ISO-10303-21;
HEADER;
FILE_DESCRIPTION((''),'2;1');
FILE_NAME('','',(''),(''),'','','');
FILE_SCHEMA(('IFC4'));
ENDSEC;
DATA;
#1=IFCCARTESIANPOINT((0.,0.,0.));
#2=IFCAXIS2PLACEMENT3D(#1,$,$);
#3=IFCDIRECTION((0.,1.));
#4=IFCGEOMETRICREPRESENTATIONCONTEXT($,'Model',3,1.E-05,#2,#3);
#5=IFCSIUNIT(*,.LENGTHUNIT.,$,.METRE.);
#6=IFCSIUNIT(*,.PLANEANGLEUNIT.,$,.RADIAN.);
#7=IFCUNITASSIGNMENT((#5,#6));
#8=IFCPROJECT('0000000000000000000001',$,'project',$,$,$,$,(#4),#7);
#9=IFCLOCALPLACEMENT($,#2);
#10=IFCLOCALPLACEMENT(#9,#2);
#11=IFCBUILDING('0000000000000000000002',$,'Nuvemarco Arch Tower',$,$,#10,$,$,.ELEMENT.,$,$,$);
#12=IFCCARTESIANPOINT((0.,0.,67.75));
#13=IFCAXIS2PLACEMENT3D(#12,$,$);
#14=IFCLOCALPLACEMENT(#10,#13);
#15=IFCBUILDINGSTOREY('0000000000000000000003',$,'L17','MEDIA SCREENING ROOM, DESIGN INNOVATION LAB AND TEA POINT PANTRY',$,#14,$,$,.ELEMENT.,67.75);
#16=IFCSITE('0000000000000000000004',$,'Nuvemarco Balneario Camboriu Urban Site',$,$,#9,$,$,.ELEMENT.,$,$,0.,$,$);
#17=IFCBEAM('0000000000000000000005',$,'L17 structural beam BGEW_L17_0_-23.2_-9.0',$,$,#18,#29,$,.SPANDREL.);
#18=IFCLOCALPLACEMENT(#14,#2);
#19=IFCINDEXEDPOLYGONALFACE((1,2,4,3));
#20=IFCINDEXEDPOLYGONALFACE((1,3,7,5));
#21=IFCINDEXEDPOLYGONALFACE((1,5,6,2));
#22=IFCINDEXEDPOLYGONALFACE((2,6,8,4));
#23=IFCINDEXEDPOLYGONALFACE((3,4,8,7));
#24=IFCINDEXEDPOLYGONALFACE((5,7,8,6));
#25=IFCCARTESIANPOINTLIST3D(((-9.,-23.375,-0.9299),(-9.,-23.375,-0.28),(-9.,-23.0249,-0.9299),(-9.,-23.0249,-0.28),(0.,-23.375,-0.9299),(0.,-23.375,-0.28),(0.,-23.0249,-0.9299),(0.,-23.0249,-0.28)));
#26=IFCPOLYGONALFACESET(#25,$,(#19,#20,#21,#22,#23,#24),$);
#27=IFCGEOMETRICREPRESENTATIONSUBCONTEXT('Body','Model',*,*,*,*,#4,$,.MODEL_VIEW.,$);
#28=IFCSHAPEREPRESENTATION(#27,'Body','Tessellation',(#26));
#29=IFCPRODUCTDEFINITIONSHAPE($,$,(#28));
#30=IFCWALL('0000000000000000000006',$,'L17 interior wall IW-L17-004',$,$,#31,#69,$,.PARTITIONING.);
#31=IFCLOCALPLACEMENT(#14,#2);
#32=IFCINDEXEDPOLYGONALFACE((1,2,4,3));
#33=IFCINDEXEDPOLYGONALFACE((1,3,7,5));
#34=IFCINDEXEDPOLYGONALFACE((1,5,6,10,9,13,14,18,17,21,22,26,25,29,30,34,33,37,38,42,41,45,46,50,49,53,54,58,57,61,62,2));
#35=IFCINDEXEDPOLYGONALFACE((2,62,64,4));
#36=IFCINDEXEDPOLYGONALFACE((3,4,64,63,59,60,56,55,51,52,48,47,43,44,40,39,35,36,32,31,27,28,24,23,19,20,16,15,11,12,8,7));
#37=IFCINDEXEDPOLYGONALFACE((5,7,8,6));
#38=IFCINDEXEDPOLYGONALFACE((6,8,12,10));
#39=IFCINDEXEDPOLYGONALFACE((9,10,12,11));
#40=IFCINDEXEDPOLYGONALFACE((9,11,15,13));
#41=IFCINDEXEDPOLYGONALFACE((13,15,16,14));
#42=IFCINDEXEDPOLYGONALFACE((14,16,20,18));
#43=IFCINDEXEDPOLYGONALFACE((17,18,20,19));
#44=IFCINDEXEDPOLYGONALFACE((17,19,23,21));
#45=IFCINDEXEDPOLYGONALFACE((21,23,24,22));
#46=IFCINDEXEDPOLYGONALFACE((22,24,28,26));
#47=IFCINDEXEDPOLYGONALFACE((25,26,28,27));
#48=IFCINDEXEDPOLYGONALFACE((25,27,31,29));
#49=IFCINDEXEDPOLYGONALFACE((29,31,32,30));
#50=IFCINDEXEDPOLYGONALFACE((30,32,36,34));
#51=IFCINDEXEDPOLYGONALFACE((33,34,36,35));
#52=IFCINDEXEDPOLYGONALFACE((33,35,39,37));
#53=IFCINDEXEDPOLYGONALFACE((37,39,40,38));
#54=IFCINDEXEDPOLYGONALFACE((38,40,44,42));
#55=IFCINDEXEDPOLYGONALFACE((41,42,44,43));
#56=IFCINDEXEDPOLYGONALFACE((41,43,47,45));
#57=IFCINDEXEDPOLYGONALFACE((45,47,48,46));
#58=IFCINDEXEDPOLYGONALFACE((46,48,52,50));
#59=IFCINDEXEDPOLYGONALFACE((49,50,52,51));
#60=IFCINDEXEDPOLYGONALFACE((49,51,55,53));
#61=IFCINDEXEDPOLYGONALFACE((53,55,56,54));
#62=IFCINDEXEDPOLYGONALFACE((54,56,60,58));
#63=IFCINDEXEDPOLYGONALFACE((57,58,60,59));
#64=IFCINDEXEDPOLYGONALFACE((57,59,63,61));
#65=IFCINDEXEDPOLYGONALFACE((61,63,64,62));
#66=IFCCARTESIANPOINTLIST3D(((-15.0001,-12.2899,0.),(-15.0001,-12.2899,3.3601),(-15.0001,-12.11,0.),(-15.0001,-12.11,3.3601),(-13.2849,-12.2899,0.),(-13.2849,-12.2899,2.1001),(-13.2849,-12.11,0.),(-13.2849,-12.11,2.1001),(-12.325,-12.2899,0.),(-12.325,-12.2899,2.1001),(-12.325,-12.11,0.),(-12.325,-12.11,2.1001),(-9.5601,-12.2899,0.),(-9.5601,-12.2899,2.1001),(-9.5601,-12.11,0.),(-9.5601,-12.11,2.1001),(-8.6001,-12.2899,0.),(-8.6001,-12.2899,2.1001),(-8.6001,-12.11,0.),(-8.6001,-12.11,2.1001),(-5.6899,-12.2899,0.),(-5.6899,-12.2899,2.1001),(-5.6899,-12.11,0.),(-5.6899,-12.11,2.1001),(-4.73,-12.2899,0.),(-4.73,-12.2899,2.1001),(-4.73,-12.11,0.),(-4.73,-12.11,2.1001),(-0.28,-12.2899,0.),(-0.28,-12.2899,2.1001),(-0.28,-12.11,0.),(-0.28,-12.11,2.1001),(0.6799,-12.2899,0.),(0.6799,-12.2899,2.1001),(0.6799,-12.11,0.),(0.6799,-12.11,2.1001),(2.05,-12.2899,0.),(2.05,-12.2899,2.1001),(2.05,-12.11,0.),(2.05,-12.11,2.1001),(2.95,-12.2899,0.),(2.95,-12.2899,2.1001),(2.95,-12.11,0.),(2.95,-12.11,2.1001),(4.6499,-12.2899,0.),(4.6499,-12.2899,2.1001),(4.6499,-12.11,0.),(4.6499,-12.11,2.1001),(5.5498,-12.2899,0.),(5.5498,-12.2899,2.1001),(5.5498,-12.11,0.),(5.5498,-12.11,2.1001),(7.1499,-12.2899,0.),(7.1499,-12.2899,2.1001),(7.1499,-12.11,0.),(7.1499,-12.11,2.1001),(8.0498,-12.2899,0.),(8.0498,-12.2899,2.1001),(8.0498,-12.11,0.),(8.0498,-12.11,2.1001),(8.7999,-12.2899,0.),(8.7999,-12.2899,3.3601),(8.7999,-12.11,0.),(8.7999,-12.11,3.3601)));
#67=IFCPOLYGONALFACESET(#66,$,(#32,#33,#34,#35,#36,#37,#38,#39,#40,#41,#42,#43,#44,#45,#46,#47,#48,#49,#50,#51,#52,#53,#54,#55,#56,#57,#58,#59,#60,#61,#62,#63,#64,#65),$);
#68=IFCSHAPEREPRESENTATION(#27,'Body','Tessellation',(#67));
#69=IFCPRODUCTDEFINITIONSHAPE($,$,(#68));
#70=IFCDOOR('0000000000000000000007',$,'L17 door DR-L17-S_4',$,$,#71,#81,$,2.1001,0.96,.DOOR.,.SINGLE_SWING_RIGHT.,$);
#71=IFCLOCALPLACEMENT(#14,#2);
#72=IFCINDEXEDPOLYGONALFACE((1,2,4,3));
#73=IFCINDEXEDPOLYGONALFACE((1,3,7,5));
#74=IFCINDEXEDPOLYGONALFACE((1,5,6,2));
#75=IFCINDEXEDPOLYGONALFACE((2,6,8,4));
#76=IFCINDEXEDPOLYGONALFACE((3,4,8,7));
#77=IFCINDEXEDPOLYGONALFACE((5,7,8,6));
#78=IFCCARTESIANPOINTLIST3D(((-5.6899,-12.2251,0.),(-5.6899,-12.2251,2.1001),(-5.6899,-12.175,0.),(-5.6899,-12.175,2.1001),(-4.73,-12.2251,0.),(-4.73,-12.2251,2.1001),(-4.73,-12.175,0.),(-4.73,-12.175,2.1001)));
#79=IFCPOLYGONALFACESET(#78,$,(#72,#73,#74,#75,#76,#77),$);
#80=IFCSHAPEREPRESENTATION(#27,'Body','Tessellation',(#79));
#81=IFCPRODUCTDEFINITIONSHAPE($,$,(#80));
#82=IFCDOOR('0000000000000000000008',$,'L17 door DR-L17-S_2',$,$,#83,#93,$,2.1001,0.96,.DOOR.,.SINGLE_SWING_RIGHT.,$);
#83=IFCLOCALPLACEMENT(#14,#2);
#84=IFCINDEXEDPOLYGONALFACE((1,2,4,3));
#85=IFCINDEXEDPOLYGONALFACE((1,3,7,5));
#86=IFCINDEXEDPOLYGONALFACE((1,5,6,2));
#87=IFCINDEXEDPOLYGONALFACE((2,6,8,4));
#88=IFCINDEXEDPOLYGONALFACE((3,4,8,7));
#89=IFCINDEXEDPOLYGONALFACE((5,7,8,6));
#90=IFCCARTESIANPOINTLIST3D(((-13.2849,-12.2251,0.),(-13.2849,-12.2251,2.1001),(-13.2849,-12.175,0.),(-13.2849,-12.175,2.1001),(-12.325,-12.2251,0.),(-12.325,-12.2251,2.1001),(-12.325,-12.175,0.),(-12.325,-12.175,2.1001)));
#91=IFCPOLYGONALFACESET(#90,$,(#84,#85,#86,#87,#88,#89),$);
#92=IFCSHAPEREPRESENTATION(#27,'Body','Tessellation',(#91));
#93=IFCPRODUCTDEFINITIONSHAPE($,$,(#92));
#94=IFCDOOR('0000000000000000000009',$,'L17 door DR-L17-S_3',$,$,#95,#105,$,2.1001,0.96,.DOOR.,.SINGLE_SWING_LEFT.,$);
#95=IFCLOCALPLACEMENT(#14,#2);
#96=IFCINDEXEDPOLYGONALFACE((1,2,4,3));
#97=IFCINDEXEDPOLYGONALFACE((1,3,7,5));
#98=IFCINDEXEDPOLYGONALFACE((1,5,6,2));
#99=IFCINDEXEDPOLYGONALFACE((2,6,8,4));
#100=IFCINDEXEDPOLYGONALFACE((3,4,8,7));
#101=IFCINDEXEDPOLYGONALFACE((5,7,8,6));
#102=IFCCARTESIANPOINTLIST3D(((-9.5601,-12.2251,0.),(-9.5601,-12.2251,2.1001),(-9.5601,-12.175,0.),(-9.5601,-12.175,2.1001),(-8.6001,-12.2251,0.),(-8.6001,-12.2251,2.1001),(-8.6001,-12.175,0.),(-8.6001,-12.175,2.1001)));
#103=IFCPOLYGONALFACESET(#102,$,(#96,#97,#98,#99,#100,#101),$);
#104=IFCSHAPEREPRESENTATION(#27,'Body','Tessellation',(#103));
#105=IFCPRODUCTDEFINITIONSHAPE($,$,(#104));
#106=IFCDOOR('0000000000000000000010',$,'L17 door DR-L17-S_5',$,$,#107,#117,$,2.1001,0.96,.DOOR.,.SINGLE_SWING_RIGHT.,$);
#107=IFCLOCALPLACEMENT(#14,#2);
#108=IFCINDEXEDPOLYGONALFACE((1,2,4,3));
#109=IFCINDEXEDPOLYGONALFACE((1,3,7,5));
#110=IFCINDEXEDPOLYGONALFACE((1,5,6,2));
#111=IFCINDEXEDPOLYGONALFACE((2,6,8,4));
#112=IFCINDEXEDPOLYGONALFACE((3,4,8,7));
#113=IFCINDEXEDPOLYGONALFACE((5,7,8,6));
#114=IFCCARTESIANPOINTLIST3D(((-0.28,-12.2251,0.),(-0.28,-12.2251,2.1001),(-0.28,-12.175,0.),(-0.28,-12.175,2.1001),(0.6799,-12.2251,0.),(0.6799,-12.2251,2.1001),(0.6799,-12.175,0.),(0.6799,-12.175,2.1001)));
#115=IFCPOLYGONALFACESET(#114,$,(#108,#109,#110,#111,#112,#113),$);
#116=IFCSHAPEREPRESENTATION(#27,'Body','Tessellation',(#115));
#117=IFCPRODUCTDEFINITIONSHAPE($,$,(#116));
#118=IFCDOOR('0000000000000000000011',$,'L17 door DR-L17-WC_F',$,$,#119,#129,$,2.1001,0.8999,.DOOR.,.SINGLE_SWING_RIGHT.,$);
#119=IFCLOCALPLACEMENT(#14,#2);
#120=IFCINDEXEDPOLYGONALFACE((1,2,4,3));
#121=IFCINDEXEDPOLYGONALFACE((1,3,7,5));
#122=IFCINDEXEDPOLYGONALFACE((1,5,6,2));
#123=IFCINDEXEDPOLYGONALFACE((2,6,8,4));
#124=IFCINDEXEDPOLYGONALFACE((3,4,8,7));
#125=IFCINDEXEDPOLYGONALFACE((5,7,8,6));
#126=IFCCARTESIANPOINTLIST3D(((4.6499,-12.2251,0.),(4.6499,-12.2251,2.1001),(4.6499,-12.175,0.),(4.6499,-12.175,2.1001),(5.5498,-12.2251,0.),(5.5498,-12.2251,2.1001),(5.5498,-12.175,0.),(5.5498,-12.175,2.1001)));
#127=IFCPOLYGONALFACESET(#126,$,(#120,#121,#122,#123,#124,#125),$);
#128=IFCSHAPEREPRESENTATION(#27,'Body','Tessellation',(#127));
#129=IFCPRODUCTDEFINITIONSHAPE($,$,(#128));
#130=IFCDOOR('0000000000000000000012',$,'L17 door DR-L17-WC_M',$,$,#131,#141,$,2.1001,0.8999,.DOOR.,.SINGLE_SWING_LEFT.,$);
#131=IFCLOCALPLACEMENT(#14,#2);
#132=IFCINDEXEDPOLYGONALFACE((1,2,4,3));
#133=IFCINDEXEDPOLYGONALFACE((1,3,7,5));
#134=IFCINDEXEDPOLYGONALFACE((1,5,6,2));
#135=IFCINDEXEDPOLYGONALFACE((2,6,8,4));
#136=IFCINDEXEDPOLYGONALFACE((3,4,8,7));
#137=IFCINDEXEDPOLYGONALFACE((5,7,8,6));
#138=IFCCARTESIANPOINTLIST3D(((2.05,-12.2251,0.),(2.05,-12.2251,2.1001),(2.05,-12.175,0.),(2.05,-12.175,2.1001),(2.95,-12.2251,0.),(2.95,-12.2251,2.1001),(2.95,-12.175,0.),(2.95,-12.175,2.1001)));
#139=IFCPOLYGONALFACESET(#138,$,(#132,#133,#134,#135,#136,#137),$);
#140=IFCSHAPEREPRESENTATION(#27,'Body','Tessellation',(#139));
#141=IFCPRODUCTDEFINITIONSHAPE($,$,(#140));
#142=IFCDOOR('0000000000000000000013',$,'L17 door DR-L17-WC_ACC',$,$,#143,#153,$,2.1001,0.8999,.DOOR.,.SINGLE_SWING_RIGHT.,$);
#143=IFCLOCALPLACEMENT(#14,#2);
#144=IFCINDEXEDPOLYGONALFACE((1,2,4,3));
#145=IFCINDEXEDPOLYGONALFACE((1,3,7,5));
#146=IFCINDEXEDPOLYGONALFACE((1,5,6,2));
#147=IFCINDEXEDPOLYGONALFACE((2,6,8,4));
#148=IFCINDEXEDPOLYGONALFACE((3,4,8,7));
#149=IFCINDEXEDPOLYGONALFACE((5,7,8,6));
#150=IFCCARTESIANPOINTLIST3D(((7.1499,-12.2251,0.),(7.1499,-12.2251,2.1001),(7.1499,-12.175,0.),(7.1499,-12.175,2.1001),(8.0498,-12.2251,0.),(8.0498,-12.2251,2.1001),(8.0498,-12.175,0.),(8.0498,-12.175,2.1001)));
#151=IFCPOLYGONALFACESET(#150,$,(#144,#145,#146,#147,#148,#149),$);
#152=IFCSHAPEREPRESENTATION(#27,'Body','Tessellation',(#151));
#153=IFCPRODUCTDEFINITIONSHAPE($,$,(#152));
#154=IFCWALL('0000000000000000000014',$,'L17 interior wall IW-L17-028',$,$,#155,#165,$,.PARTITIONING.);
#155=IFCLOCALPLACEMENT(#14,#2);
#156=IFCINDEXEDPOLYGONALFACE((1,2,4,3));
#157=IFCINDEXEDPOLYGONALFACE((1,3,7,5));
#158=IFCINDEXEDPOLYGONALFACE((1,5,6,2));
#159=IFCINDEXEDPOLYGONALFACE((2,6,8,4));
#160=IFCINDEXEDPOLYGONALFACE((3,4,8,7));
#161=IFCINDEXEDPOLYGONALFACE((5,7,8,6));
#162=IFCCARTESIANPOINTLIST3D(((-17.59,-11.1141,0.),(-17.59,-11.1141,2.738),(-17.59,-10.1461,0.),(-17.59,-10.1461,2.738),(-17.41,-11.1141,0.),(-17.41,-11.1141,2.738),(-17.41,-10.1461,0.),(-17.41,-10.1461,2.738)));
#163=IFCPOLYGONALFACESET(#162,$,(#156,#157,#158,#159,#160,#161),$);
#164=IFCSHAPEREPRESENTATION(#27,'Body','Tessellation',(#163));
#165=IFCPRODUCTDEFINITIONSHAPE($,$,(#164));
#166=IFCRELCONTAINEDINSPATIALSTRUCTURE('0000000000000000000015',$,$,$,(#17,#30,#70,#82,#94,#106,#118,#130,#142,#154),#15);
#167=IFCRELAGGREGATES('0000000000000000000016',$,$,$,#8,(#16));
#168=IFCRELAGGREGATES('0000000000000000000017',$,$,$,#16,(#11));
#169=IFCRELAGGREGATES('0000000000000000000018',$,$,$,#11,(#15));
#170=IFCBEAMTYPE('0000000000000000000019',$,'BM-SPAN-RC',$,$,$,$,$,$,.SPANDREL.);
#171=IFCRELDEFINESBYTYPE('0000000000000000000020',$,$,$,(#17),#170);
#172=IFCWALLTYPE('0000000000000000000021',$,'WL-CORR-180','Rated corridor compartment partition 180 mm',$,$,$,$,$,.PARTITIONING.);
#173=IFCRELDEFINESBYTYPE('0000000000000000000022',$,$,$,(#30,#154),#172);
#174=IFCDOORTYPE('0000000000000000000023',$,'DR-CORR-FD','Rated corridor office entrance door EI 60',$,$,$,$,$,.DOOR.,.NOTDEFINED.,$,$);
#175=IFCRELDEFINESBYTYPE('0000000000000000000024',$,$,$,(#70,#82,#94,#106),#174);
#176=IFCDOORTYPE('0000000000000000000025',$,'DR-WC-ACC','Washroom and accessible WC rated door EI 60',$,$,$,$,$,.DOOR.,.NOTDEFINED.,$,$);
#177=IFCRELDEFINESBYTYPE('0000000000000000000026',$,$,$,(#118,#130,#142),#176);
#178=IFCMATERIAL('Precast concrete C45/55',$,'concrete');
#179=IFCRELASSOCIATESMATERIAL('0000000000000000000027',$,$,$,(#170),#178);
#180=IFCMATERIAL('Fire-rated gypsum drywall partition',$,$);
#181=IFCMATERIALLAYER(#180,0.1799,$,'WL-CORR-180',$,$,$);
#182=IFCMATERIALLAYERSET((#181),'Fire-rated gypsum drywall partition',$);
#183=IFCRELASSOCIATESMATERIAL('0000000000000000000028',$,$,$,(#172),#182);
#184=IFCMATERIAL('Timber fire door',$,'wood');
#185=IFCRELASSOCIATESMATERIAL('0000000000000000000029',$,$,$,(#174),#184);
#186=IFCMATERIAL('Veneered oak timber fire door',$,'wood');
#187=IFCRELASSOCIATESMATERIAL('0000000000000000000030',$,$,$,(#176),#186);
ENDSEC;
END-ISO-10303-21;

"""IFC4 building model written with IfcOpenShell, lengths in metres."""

from ifc_helpers import new_model, si_unit, direction, frame, frame_2d, origin, origin_2d, place, context, subcontext, project, spatial, rectangle, extrude, source, transform, mapped, material, layer, layer_set, material_profile, profile_set, type_object, type_shapes, element, fill, save


model = new_model("IFC4")

# Units and contexts
model_context = context("Model", 3, precision=1e-05, world=origin(), true_north=direction((0.0, 1.0)))
body_context = subcontext(model_context, "Body", "Model", "MODEL_VIEW")
ifc_project = project(units=[si_unit("LENGTHUNIT", "METRE"), si_unit("PLANEANGLEUNIT", "RADIAN")], contexts=[model_context])

# Site, building, storey
site_placement = place(None, origin())
site = spatial("IfcSite", under=ifc_project, at=site_placement, Name="Nuvemarco Balneario Camboriu Urban Site", CompositionType="ELEMENT", RefElevation=0.0)
building_placement = place(site_placement, origin())
building = spatial("IfcBuilding", under=site, at=building_placement, Name="Nuvemarco Arch Tower", CompositionType="ELEMENT")
storey_placement = place(building_placement, frame((0.0, 0.0, 67.75)))
storey = spatial("IfcBuildingStorey", under=building, at=storey_placement, Name="L17", Description="MEDIA SCREENING ROOM, DESIGN INNOVATION LAB AND TEA POINT PANTRY", CompositionType="ELEMENT", Elevation=67.75)

# Beam
ifc_material_1 = material(Name="Precast concrete C45/55", Category="concrete")
ifc_material_profile_1 = material_profile(ifc_material_1, rectangle(XDim=0.3501, YDim=0.6499, at=origin_2d()), Name="PC-SP-350x650")
ifc_profile_set_1 = profile_set([ifc_material_profile_1], Name="Precast concrete C45/55")
beam_type_1 = type_object("IfcBeamType", Name="BM-SPAN-RC", PredefinedType="SPANDREL", material=ifc_profile_set_1)
beam_1_placement = place(storey_placement, frame((-9.0, -23.2, -0.605), z_axis=(1.0, 0.0, 0.0), x_axis=(0.0, 1.0, 0.0)))
element("IfcBeam", 1, at=beam_1_placement, inside=storey, type_object=beam_type_1, Name="L17 structural beam BGEW_L17_0_-23.2_-9.0", PredefinedType="SPANDREL", context=body_context, shape_type="SweptSolid", body=[
    extrude(rectangle(XDim=0.3501, YDim=0.6499, at=origin_2d()), origin(), (0.0, 0.0, 1.0), 9.0),
])

# Wall, openings, doors
ifc_material_2 = material(Name="Fire-rated gypsum drywall partition")
ifc_layer_1 = layer(ifc_material_2, 0.1799, Name="WL-CORR-180")
ifc_layer_set_1 = layer_set([ifc_layer_1], Name="Fire-rated gypsum drywall partition")
wall_type_1 = type_object("IfcWallType", Name="WL-CORR-180", Description="Rated corridor compartment partition 180 mm", PredefinedType="PARTITIONING", material=ifc_layer_set_1)
wall_1_placement = place(storey_placement, frame((-15.0, -12.2, 0.0), z_axis=(0.0, 0.0, 1.0), x_axis=(1.0, 0.0, 0.0)))
wall_1 = element("IfcWall", 2, at=wall_1_placement, inside=storey, type_object=wall_type_1, Name="L17 interior wall IW-L17-004", PredefinedType="PARTITIONING", context=body_context, shape_type="SweptSolid", body=[
    extrude(rectangle(XDim=23.8, YDim=0.1799, at=frame_2d((11.8999, 0.0))), origin(), (0.0, 0.0, 1.0), 3.3601),
])
opening_1_placement = place(wall_1_placement, frame((9.3101, 0.0, 0.0)))
opening_1 = element("IfcOpeningElement", 3, at=opening_1_placement, cuts=wall_1, PredefinedType="OPENING", context=body_context, shape_type="SweptSolid", body=[
    extrude(rectangle(XDim=0.96, YDim=2.1001, at=frame_2d((0.48, 1.05))), frame((0.0, 0.0999, 0.0), z_axis=(0.0, -1.0, 0.0), x_axis=(1.0, 0.0, 0.0)), (0.0, 0.0, 1.0), 0.2),
])
opening_2_placement = place(wall_1_placement, frame((1.7151, 0.0, 0.0)))
opening_2 = element("IfcOpeningElement", 4, at=opening_2_placement, cuts=wall_1, PredefinedType="OPENING", context=body_context, shape_type="SweptSolid", body=[
    extrude(rectangle(XDim=0.96, YDim=2.1001, at=frame_2d((0.48, 1.05))), frame((0.0, 0.0999, 0.0), z_axis=(0.0, -1.0, 0.0), x_axis=(1.0, 0.0, 0.0)), (0.0, 0.0, 1.0), 0.2),
])
opening_3_placement = place(wall_1_placement, frame((5.4399, 0.0, 0.0)))
opening_3 = element("IfcOpeningElement", 5, at=opening_3_placement, cuts=wall_1, PredefinedType="OPENING", context=body_context, shape_type="SweptSolid", body=[
    extrude(rectangle(XDim=0.96, YDim=2.1001, at=frame_2d((0.48, 1.05))), frame((0.0, 0.0999, 0.0), z_axis=(0.0, -1.0, 0.0), x_axis=(1.0, 0.0, 0.0)), (0.0, 0.0, 1.0), 0.2),
])
opening_4_placement = place(wall_1_placement, frame((19.6499, 0.0, 0.0)))
opening_4 = element("IfcOpeningElement", 6, at=opening_4_placement, cuts=wall_1, PredefinedType="OPENING", context=body_context, shape_type="SweptSolid", body=[
    extrude(rectangle(XDim=0.8999, YDim=2.1001, at=frame_2d((0.45, 1.05))), frame((0.0, 0.0999, 0.0), z_axis=(0.0, -1.0, 0.0), x_axis=(1.0, 0.0, 0.0)), (0.0, 0.0, 1.0), 0.2),
])
opening_5_placement = place(wall_1_placement, frame((17.05, 0.0, 0.0)))
opening_5 = element("IfcOpeningElement", 7, at=opening_5_placement, cuts=wall_1, PredefinedType="OPENING", context=body_context, shape_type="SweptSolid", body=[
    extrude(rectangle(XDim=0.8999, YDim=2.1001, at=frame_2d((0.45, 1.05))), frame((0.0, 0.0999, 0.0), z_axis=(0.0, -1.0, 0.0), x_axis=(1.0, 0.0, 0.0)), (0.0, 0.0, 1.0), 0.2),
])
opening_6_placement = place(wall_1_placement, frame((22.1499, 0.0, 0.0)))
opening_6 = element("IfcOpeningElement", 8, at=opening_6_placement, cuts=wall_1, PredefinedType="OPENING", context=body_context, shape_type="SweptSolid", body=[
    extrude(rectangle(XDim=0.8999, YDim=2.1001, at=frame_2d((0.45, 1.05))), frame((0.0, 0.0999, 0.0), z_axis=(0.0, -1.0, 0.0), x_axis=(1.0, 0.0, 0.0)), (0.0, 0.0, 1.0), 0.2),
])
opening_7_placement = place(wall_1_placement, frame((14.72, 0.0, 0.0)))
opening_7 = element("IfcOpeningElement", 9, at=opening_7_placement, cuts=wall_1, PredefinedType="OPENING", context=body_context, shape_type="SweptSolid", body=[
    extrude(rectangle(XDim=0.96, YDim=2.1001, at=frame_2d((0.48, 1.05))), frame((0.0, 0.0999, 0.0), z_axis=(0.0, -1.0, 0.0), x_axis=(1.0, 0.0, 0.0)), (0.0, 0.0, 1.0), 0.2),
])
ifc_material_3 = material(Name="Timber fire door", Category="wood")
door_type_1 = type_object("IfcDoorType", Name="DR-CORR-FD", Description="Rated corridor office entrance door EI 60", OperationType="NOTDEFINED", PredefinedType="DOOR", material=ifc_material_3)
shared_shape_1 = source(origin(), body_context, "Body", "SweptSolid", [
    extrude(rectangle(XDim=0.96, YDim=2.1001, at=frame_2d((0.48, 1.05))), frame((0.0, 0.0249, 0.0), z_axis=(0.0, -1.0, 0.0), x_axis=(1.0, 0.0, 0.0)), (0.0, 0.0, 1.0), 0.05),
])
type_shapes(door_type_1, [shared_shape_1])
door_1_placement = place(opening_1_placement, origin())
door_1 = element("IfcDoor", 10, at=door_1_placement, inside=storey, type_object=door_type_1, Name="L17 door DR-L17-S_4", OperationType="SINGLE_SWING_RIGHT", OverallHeight=2.1001, OverallWidth=0.96, PredefinedType="DOOR", context=body_context, shape_type="MappedRepresentation", body=[
    mapped(shared_shape_1, transform((0.0, 0.0, 0.0), scale=1.0)),
])
fill(opening_1, door_1)
door_2_placement = place(opening_2_placement, origin())
door_2 = element("IfcDoor", 11, at=door_2_placement, inside=storey, type_object=door_type_1, Name="L17 door DR-L17-S_2", OperationType="SINGLE_SWING_RIGHT", OverallHeight=2.1001, OverallWidth=0.96, PredefinedType="DOOR", context=body_context, shape_type="MappedRepresentation", body=[
    mapped(shared_shape_1, transform((0.0, 0.0, 0.0), scale=1.0)),
])
fill(opening_2, door_2)
door_3_placement = place(opening_3_placement, origin())
door_3 = element("IfcDoor", 12, at=door_3_placement, inside=storey, type_object=door_type_1, Name="L17 door DR-L17-S_3", OperationType="SINGLE_SWING_LEFT", OverallHeight=2.1001, OverallWidth=0.96, PredefinedType="DOOR", context=body_context, shape_type="MappedRepresentation", body=[
    mapped(shared_shape_1, transform((0.0, 0.0, 0.0), scale=1.0)),
])
fill(opening_3, door_3)
door_4_placement = place(opening_7_placement, origin())
door_4 = element("IfcDoor", 13, at=door_4_placement, inside=storey, type_object=door_type_1, Name="L17 door DR-L17-S_5", OperationType="SINGLE_SWING_RIGHT", OverallHeight=2.1001, OverallWidth=0.96, PredefinedType="DOOR", context=body_context, shape_type="MappedRepresentation", body=[
    mapped(shared_shape_1, transform((0.0, 0.0, 0.0), scale=1.0)),
])
fill(opening_7, door_4)
ifc_material_4 = material(Name="Veneered oak timber fire door", Category="wood")
door_type_2 = type_object("IfcDoorType", Name="DR-WC-ACC", Description="Washroom and accessible WC rated door EI 60", OperationType="NOTDEFINED", PredefinedType="DOOR", material=ifc_material_4)
shared_shape_2 = source(origin(), body_context, "Body", "SweptSolid", [
    extrude(rectangle(XDim=0.8999, YDim=2.1001, at=frame_2d((0.45, 1.05))), frame((0.0, 0.0249, 0.0), z_axis=(0.0, -1.0, 0.0), x_axis=(1.0, 0.0, 0.0)), (0.0, 0.0, 1.0), 0.05),
])
type_shapes(door_type_2, [shared_shape_2])
door_5_placement = place(opening_4_placement, origin())
door_5 = element("IfcDoor", 14, at=door_5_placement, inside=storey, type_object=door_type_2, Name="L17 door DR-L17-WC_F", OperationType="SINGLE_SWING_RIGHT", OverallHeight=2.1001, OverallWidth=0.8999, PredefinedType="DOOR", context=body_context, shape_type="MappedRepresentation", body=[
    mapped(shared_shape_2, transform((0.0, 0.0, 0.0), scale=1.0)),
])
fill(opening_4, door_5)
door_6_placement = place(opening_5_placement, origin())
door_6 = element("IfcDoor", 15, at=door_6_placement, inside=storey, type_object=door_type_2, Name="L17 door DR-L17-WC_M", OperationType="SINGLE_SWING_LEFT", OverallHeight=2.1001, OverallWidth=0.8999, PredefinedType="DOOR", context=body_context, shape_type="MappedRepresentation", body=[
    mapped(shared_shape_2, transform((0.0, 0.0, 0.0), scale=1.0)),
])
fill(opening_5, door_6)
door_7_placement = place(opening_6_placement, origin())
door_7 = element("IfcDoor", 16, at=door_7_placement, inside=storey, type_object=door_type_2, Name="L17 door DR-L17-WC_ACC", OperationType="SINGLE_SWING_RIGHT", OverallHeight=2.1001, OverallWidth=0.8999, PredefinedType="DOOR", context=body_context, shape_type="MappedRepresentation", body=[
    mapped(shared_shape_2, transform((0.0, 0.0, 0.0), scale=1.0)),
])
fill(opening_6, door_7)

# Wall
wall_2_placement = place(storey_placement, frame((-17.5, -11.114, 0.0), z_axis=(0.0, 0.0, 1.0), x_axis=(0.0, 1.0, 0.0)))
element("IfcWall", 17, at=wall_2_placement, inside=storey, type_object=wall_type_1, Name="L17 interior wall IW-L17-028", PredefinedType="PARTITIONING", context=body_context, shape_type="SweptSolid", body=[
    extrude(rectangle(XDim=0.968, YDim=0.1799, at=frame_2d((0.4839, 0.0))), origin(), (0.0, 0.0, 1.0), 2.738),
])

save(model, "model.ifc")
